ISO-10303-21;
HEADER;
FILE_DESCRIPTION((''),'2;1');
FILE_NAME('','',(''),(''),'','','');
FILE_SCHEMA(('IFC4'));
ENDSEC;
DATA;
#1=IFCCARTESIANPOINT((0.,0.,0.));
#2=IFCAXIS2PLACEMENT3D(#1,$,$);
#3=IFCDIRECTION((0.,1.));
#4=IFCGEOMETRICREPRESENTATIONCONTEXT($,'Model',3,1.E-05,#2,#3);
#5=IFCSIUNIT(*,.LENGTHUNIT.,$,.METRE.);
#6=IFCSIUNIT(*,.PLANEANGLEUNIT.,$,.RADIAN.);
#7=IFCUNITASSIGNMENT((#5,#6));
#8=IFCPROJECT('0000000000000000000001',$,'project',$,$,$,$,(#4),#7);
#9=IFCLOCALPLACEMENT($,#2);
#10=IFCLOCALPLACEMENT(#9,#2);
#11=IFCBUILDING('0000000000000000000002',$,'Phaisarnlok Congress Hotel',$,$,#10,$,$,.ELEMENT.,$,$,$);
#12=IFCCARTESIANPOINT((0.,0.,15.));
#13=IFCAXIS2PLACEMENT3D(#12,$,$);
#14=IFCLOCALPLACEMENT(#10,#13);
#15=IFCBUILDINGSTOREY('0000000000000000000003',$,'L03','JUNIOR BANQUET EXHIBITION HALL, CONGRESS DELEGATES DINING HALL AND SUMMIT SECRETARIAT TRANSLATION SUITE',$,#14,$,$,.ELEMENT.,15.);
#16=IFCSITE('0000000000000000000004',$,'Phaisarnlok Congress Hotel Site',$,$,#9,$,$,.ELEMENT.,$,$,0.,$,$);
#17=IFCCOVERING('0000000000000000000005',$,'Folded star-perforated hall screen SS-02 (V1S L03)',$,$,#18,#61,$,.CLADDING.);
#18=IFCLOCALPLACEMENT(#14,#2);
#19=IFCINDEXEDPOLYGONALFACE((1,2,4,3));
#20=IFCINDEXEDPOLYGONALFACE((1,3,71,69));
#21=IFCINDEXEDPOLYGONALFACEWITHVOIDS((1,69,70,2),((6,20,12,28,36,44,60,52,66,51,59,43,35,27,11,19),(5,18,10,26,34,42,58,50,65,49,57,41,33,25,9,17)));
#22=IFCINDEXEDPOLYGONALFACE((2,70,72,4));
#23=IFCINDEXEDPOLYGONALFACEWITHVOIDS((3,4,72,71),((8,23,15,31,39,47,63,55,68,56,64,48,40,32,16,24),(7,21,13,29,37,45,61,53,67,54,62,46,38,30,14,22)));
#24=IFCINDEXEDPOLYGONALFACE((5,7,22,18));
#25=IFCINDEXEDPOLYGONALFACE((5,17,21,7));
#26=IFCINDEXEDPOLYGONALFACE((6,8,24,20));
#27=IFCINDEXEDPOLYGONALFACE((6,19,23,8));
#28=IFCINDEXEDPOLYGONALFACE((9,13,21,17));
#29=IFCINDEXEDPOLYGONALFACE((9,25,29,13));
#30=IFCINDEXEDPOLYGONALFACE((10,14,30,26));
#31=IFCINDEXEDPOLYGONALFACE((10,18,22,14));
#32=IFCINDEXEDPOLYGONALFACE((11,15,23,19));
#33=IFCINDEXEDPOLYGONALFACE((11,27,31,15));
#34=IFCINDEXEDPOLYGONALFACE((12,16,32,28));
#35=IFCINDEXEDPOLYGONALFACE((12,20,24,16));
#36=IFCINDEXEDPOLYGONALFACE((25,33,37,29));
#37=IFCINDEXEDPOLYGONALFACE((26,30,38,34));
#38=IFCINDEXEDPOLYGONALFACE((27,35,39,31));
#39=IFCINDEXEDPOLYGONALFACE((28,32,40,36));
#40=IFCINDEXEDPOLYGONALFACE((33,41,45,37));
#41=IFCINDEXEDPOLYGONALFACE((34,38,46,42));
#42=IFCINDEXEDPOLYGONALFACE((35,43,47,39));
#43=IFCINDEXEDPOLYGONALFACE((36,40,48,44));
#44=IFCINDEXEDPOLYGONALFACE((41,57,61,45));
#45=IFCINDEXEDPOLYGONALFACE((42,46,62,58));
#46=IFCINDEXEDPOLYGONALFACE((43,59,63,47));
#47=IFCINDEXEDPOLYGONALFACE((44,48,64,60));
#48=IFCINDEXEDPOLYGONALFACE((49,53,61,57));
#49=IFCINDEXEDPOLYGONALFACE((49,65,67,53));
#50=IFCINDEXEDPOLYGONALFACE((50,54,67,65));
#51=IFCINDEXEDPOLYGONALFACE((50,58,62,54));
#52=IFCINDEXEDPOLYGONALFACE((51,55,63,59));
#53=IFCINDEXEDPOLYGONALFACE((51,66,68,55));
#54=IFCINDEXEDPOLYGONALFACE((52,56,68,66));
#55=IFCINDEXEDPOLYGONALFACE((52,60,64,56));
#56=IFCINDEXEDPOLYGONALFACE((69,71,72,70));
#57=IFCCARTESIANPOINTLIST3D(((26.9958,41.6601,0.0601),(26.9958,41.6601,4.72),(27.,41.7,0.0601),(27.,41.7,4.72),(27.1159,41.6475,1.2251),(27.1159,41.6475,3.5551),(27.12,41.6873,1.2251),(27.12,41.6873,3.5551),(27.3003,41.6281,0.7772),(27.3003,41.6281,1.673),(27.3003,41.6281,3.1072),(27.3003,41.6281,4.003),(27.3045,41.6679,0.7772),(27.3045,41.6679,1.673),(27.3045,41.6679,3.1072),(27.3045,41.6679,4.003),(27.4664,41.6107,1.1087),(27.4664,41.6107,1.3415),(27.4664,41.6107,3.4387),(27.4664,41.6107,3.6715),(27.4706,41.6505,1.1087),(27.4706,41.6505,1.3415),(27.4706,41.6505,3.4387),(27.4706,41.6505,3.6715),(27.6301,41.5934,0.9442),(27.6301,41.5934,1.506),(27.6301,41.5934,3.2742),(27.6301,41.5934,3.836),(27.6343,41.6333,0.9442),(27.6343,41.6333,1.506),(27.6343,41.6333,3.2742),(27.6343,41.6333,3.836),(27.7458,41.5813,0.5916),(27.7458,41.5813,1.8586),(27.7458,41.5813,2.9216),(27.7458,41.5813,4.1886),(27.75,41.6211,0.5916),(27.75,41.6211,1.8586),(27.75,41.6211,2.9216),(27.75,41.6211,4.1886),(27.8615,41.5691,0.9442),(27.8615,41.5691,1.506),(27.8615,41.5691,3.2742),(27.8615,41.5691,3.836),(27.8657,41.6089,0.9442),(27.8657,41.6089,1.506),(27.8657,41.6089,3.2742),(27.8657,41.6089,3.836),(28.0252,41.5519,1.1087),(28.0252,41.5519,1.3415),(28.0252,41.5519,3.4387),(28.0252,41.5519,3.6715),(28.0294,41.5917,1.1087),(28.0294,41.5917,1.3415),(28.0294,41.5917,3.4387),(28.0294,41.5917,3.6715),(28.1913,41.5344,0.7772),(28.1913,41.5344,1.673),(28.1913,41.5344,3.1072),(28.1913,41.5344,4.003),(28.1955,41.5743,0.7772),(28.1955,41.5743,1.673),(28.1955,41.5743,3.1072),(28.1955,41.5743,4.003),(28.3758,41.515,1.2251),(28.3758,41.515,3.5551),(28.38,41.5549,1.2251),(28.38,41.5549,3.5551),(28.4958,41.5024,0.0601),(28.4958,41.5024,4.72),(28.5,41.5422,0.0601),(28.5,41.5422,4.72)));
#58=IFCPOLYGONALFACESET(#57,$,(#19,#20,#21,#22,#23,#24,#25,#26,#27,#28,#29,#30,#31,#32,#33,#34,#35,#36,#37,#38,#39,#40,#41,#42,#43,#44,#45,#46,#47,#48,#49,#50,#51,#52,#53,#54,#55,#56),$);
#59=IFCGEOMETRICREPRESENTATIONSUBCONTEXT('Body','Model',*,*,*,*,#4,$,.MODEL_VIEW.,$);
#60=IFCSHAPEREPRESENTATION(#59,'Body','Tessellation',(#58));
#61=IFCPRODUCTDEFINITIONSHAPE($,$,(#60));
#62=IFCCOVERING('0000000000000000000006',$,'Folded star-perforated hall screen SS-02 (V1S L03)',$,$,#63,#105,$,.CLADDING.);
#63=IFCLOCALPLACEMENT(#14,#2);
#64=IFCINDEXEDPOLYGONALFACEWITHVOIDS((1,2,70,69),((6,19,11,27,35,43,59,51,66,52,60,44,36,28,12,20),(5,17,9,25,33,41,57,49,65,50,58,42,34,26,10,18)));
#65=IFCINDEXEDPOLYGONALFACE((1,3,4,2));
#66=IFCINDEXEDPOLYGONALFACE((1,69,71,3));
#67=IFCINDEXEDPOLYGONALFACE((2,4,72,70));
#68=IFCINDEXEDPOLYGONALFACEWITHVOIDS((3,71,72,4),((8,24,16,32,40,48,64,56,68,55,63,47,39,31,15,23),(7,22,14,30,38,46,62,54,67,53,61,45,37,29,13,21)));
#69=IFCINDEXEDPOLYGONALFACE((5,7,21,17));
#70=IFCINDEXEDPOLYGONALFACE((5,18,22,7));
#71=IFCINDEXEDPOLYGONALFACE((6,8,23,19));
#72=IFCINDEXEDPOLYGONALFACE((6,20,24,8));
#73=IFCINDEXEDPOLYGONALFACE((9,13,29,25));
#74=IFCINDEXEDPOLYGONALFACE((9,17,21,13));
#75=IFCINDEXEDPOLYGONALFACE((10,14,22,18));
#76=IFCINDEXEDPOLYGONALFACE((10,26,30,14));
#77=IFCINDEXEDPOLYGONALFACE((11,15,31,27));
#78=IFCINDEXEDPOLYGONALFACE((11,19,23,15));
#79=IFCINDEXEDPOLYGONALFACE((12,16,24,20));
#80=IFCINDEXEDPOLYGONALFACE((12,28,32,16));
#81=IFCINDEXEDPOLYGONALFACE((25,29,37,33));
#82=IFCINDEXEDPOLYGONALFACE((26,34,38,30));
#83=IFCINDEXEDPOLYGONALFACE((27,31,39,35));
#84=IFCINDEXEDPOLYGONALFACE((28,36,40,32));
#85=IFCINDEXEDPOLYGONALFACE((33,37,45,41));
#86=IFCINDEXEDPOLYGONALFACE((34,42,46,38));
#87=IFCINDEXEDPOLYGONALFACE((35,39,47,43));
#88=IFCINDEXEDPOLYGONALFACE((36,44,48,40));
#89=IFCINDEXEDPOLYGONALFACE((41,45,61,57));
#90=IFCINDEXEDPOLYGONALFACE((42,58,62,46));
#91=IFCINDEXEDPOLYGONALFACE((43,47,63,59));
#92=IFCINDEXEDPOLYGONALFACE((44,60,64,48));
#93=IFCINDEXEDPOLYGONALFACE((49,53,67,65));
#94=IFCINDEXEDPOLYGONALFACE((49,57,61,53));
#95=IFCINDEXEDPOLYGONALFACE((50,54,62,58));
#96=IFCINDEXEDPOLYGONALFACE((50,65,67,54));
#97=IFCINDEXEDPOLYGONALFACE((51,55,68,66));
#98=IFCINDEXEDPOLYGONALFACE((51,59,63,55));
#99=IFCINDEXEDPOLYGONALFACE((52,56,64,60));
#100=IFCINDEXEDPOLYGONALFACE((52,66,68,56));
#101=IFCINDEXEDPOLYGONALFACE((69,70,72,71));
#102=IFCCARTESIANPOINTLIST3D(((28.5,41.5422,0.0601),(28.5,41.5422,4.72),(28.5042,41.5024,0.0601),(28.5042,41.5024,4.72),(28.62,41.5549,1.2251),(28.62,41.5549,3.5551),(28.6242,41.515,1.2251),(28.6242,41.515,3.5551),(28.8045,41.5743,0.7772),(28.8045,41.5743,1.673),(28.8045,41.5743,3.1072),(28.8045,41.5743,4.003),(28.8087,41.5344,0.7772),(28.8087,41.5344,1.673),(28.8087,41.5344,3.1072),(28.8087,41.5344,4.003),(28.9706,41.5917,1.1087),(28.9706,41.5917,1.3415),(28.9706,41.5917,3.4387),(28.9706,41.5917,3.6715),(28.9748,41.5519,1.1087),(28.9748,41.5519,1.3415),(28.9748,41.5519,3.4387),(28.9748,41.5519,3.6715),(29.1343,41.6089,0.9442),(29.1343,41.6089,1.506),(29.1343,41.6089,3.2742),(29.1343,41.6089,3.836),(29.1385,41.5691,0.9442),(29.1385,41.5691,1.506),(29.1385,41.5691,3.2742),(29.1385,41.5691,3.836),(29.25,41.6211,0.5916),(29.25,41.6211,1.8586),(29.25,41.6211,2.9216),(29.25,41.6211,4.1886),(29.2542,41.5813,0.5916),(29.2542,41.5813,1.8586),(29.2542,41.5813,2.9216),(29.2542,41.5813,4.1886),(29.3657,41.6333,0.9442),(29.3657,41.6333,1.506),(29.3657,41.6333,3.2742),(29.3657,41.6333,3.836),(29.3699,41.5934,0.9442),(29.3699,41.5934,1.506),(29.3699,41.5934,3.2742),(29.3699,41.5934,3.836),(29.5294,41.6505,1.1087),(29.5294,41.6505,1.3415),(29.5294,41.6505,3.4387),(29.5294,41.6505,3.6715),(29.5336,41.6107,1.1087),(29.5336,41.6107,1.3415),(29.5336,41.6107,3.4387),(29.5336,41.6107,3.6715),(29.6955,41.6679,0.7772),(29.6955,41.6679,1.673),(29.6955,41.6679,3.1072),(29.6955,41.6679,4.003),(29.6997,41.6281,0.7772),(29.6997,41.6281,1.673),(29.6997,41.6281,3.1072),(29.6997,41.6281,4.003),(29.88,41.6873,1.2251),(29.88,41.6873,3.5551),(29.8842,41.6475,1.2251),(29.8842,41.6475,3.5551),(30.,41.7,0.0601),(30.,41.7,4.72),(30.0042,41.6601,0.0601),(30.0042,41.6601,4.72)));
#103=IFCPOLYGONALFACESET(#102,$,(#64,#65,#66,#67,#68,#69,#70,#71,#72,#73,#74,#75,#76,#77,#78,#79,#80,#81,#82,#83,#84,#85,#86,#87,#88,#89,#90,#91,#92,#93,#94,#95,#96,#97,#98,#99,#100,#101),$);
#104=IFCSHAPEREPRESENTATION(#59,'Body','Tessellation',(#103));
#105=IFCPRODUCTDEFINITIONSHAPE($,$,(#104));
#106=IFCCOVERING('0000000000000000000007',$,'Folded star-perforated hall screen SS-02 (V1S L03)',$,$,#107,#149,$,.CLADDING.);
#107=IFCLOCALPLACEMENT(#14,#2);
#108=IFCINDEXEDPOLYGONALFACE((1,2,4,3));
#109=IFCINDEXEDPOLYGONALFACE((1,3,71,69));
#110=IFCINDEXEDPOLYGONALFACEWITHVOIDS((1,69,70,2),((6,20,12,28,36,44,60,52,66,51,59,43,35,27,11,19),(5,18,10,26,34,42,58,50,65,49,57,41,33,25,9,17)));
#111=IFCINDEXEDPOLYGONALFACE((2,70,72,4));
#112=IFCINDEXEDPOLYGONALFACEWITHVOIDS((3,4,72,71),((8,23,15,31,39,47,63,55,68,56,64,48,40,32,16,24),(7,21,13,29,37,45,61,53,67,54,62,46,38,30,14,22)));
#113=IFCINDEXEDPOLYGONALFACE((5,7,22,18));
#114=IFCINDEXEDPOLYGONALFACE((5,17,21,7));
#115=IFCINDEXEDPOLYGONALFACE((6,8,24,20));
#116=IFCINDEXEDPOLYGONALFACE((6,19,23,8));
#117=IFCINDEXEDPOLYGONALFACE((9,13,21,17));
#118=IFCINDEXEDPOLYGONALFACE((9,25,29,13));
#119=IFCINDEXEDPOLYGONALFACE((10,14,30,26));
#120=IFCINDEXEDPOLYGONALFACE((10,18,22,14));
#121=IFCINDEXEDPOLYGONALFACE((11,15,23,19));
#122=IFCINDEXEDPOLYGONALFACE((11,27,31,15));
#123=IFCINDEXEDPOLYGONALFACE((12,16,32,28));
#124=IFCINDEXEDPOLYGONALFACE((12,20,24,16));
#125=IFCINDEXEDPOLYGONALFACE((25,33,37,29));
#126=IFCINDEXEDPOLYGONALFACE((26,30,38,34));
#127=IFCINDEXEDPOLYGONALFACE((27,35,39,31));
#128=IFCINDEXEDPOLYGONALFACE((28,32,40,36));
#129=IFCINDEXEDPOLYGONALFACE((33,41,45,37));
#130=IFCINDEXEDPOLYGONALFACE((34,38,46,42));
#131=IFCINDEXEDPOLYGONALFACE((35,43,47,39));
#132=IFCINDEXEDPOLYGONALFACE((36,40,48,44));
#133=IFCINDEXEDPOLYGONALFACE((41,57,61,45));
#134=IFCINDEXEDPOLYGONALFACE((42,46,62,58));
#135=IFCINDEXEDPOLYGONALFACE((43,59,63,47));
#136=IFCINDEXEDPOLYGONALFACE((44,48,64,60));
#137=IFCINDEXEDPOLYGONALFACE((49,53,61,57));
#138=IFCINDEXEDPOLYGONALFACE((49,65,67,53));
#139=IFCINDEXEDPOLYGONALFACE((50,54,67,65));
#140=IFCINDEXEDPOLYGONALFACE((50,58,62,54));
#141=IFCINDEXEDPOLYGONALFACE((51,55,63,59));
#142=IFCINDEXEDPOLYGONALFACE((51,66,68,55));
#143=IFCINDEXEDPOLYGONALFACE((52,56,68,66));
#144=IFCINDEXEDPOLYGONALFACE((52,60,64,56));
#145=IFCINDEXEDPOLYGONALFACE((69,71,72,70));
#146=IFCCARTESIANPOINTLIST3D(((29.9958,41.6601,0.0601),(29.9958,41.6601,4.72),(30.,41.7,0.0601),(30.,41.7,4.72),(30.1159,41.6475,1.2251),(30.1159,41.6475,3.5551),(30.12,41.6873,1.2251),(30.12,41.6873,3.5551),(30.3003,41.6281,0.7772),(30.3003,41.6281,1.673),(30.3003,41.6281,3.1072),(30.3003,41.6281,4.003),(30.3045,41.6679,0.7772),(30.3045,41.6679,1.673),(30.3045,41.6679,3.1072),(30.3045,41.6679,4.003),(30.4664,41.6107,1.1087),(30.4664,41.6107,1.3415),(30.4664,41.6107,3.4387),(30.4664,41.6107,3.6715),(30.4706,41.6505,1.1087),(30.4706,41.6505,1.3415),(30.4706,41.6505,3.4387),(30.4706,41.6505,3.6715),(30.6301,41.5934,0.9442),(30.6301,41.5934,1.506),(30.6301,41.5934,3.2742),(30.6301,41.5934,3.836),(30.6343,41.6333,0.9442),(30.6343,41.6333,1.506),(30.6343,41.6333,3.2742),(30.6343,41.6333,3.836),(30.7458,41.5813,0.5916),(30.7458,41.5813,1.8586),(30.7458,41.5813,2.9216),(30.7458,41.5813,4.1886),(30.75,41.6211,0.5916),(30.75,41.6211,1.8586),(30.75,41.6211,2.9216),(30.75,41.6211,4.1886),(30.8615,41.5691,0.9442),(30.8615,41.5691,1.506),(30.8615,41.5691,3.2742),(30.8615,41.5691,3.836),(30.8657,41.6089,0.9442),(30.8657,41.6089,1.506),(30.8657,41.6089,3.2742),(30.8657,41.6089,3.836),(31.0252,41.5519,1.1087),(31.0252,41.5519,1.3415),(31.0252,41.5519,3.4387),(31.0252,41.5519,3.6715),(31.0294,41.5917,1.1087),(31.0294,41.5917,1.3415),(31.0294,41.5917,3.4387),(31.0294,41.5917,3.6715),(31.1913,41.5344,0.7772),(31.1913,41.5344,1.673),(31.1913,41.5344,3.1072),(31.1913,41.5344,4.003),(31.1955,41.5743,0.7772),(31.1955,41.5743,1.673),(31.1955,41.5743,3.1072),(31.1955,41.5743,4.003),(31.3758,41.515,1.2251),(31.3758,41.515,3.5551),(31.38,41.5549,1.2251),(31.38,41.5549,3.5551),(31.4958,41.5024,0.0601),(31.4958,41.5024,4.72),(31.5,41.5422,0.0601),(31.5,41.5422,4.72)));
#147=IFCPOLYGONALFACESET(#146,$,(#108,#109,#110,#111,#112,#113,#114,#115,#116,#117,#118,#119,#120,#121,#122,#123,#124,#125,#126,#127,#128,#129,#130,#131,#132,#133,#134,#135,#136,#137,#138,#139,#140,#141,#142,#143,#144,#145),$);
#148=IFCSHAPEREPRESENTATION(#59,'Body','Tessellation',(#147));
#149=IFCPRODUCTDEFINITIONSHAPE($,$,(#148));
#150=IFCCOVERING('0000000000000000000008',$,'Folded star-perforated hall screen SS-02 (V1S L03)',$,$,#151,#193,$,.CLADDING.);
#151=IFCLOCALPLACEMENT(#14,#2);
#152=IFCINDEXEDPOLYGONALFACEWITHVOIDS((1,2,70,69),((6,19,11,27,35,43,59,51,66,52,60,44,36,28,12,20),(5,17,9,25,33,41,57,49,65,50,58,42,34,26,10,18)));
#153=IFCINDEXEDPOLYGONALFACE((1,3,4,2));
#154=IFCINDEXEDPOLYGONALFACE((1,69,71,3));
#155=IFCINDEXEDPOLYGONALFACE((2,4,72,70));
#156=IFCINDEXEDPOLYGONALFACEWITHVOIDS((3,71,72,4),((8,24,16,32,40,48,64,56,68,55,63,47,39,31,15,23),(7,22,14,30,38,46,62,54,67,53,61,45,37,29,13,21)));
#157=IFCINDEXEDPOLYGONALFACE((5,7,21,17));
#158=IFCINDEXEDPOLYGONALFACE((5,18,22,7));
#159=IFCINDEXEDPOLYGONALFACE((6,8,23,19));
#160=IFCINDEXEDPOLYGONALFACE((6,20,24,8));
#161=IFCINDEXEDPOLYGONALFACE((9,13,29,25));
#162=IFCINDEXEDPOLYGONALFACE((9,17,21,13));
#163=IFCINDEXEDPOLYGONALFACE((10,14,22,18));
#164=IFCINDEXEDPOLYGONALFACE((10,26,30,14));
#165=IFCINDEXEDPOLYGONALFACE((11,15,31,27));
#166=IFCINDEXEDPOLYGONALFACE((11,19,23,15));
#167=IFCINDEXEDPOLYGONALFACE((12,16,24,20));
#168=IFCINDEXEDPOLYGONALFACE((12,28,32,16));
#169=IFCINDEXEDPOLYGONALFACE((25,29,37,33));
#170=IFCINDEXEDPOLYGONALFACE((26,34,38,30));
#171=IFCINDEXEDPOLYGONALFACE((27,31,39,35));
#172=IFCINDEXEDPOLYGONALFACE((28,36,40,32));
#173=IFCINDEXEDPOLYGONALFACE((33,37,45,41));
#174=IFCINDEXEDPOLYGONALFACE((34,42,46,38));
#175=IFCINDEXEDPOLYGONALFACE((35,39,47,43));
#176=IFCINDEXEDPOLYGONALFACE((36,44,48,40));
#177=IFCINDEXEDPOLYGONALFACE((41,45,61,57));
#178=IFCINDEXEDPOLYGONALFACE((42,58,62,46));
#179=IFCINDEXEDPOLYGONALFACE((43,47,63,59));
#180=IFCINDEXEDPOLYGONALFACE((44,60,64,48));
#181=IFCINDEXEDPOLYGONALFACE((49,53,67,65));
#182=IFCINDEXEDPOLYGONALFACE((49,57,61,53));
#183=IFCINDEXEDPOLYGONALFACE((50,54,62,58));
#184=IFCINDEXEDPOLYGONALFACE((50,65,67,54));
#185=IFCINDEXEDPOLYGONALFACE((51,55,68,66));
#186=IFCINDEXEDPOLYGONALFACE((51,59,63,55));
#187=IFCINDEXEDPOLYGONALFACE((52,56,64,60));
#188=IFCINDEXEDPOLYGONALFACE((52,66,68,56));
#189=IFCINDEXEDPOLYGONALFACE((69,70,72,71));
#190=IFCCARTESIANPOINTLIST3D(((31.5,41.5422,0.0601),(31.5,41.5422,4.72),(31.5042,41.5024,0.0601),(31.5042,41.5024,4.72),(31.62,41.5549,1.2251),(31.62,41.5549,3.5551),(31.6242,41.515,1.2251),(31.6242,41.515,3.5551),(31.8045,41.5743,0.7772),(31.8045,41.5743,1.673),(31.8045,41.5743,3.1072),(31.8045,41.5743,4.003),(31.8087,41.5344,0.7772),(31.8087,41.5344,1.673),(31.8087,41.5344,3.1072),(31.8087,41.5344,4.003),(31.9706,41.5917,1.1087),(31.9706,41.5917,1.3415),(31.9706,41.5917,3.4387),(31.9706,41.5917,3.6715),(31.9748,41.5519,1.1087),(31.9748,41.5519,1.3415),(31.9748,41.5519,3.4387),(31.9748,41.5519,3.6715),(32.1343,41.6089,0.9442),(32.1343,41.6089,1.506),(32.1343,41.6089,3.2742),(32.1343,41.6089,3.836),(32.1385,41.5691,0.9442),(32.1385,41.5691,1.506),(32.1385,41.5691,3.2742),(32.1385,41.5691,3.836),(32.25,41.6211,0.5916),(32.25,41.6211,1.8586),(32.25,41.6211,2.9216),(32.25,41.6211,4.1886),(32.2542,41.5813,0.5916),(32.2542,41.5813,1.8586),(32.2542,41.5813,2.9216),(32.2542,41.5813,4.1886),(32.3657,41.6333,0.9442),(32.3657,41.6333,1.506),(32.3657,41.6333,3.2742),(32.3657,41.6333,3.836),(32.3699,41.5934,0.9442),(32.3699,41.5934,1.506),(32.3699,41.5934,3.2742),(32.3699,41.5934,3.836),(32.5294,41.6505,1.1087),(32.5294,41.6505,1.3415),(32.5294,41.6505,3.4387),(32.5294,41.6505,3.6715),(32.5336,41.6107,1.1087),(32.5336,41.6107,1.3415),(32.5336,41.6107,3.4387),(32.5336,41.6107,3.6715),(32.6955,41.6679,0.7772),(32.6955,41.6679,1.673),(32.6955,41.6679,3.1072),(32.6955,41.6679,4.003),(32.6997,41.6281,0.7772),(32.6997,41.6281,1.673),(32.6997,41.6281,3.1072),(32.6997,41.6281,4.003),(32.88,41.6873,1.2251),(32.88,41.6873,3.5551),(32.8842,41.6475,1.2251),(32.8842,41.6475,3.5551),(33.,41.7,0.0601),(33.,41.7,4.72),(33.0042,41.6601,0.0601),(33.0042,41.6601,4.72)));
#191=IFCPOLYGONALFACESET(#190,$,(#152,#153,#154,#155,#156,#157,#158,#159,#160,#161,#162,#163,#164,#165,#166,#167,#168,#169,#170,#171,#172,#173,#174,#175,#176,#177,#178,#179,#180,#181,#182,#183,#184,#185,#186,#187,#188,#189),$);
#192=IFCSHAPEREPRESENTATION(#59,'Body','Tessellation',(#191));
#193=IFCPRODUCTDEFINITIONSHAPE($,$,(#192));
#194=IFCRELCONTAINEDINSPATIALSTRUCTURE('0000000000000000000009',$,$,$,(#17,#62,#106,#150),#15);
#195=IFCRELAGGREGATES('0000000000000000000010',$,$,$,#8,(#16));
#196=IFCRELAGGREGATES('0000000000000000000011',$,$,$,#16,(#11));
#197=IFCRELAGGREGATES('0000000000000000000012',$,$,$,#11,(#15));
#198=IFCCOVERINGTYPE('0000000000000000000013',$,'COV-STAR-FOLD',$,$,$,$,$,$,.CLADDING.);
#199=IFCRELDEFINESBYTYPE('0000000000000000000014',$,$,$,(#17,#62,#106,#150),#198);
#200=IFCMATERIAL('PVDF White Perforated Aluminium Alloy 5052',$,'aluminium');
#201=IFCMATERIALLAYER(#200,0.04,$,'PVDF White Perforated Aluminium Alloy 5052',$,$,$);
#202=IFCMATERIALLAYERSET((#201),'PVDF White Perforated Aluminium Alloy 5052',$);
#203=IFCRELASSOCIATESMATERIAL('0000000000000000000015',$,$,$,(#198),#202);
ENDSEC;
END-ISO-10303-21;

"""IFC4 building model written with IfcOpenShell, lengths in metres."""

from ifc_helpers import new_model, si_unit, direction, frame, origin, place, context, subcontext, project, spatial, polyline, outline, extrude, material, layer, layer_set, type_object, element, save


model = new_model("IFC4")

# Units and contexts
model_context = context("Model", 3, precision=1e-05, world=origin(), true_north=direction((0.0, 1.0)))
body_context = subcontext(model_context, "Body", "Model", "MODEL_VIEW")
ifc_project = project(units=[si_unit("LENGTHUNIT", "METRE"), si_unit("PLANEANGLEUNIT", "RADIAN")], contexts=[model_context])

# Site, building, storey
site_placement = place(None, origin())
site = spatial("IfcSite", under=ifc_project, at=site_placement, Name="Phaisarnlok Congress Hotel Site", CompositionType="ELEMENT", RefElevation=0.0)
building_placement = place(site_placement, origin())
building = spatial("IfcBuilding", under=site, at=building_placement, Name="Phaisarnlok Congress Hotel", CompositionType="ELEMENT")
storey_placement = place(building_placement, frame((0.0, 0.0, 15.0)))
storey = spatial("IfcBuildingStorey", under=building, at=storey_placement, Name="L03", Description="JUNIOR BANQUET EXHIBITION HALL, CONGRESS DELEGATES DINING HALL AND SUMMIT SECRETARIAT TRANSLATION SUITE", CompositionType="ELEMENT", Elevation=15.0)

# Coverings
ifc_material_1 = material(Name="PVDF White Perforated Aluminium Alloy 5052", Category="aluminium")
ifc_layer = layer(ifc_material_1, 0.04, Name="PVDF White Perforated Aluminium Alloy 5052")
ifc_layer_set = layer_set([ifc_layer], Name="PVDF White Perforated Aluminium Alloy 5052")
covering_type = type_object("IfcCoveringType", Name="COV-STAR-FOLD", PredefinedType="CLADDING", material=ifc_layer_set)
for number, where, z_axis, x_axis, name in (
    (1, (27.0, 41.7, 0.0601), (-0.104567, -0.994518, 0.0), (0.994518, -0.104567, 0.0), "Folded star-perforated hall screen SS-02 (V1S L03)"),
    (2, (28.5, 41.5422, 0.0601), (0.104567, -0.994518, 0.0), (0.994518, 0.104567, 0.0), "Folded star-perforated hall screen SS-02 (V1S L03)"),
    (3, (30.0, 41.7, 0.0601), (-0.104567, -0.994518, 0.0), (0.994518, -0.104567, 0.0), "Folded star-perforated hall screen SS-02 (V1S L03)"),
    (4, (31.5, 41.5422, 0.0601), (0.104567, -0.994518, 0.0), (0.994518, 0.104567, 0.0), "Folded star-perforated hall screen SS-02 (V1S L03)"),
):
    element("IfcCovering", number, at=place(storey_placement, frame(where, z_axis=z_axis, x_axis=x_axis)), inside=storey, type_object=covering_type, Name=name, PredefinedType="CLADDING", context=body_context, shape_type="SweptSolid", body=[
        extrude(outline(polyline([(0.0, 0.0), (1.5083, 0.0), (1.5083, 4.6599), (0.0, 4.6599), (0.0, 0.0)]), holes=[polyline([(1.0351, 1.0486), (1.2021, 0.7171), (0.8705, 0.8841), (0.7541, 0.5315), (0.6378, 0.8841), (0.3062, 0.7171), (0.4732, 1.0486), (0.1207, 1.165), (0.4732, 1.2814), (0.3062, 1.6129), (0.6378, 1.4459), (0.7541, 1.7985), (0.8705, 1.4459), (1.2021, 1.6129), (1.0351, 1.2814), (1.3876, 1.165), (1.0351, 1.0486)]), polyline([(1.0351, 3.3786), (1.2021, 3.0471), (0.8705, 3.2141), (0.7541, 2.8615), (0.6378, 3.2141), (0.3062, 3.0471), (0.4732, 3.3786), (0.1207, 3.495), (0.4732, 3.6114), (0.3062, 3.9429), (0.6378, 3.7759), (0.7541, 4.1285), (0.8705, 3.7759), (1.2021, 3.9429), (1.0351, 3.6114), (1.3876, 3.495), (1.0351, 3.3786)])]), origin(), (0.0, 0.0, 1.0), 0.04),
    ])

save(model, "model.ifc")
